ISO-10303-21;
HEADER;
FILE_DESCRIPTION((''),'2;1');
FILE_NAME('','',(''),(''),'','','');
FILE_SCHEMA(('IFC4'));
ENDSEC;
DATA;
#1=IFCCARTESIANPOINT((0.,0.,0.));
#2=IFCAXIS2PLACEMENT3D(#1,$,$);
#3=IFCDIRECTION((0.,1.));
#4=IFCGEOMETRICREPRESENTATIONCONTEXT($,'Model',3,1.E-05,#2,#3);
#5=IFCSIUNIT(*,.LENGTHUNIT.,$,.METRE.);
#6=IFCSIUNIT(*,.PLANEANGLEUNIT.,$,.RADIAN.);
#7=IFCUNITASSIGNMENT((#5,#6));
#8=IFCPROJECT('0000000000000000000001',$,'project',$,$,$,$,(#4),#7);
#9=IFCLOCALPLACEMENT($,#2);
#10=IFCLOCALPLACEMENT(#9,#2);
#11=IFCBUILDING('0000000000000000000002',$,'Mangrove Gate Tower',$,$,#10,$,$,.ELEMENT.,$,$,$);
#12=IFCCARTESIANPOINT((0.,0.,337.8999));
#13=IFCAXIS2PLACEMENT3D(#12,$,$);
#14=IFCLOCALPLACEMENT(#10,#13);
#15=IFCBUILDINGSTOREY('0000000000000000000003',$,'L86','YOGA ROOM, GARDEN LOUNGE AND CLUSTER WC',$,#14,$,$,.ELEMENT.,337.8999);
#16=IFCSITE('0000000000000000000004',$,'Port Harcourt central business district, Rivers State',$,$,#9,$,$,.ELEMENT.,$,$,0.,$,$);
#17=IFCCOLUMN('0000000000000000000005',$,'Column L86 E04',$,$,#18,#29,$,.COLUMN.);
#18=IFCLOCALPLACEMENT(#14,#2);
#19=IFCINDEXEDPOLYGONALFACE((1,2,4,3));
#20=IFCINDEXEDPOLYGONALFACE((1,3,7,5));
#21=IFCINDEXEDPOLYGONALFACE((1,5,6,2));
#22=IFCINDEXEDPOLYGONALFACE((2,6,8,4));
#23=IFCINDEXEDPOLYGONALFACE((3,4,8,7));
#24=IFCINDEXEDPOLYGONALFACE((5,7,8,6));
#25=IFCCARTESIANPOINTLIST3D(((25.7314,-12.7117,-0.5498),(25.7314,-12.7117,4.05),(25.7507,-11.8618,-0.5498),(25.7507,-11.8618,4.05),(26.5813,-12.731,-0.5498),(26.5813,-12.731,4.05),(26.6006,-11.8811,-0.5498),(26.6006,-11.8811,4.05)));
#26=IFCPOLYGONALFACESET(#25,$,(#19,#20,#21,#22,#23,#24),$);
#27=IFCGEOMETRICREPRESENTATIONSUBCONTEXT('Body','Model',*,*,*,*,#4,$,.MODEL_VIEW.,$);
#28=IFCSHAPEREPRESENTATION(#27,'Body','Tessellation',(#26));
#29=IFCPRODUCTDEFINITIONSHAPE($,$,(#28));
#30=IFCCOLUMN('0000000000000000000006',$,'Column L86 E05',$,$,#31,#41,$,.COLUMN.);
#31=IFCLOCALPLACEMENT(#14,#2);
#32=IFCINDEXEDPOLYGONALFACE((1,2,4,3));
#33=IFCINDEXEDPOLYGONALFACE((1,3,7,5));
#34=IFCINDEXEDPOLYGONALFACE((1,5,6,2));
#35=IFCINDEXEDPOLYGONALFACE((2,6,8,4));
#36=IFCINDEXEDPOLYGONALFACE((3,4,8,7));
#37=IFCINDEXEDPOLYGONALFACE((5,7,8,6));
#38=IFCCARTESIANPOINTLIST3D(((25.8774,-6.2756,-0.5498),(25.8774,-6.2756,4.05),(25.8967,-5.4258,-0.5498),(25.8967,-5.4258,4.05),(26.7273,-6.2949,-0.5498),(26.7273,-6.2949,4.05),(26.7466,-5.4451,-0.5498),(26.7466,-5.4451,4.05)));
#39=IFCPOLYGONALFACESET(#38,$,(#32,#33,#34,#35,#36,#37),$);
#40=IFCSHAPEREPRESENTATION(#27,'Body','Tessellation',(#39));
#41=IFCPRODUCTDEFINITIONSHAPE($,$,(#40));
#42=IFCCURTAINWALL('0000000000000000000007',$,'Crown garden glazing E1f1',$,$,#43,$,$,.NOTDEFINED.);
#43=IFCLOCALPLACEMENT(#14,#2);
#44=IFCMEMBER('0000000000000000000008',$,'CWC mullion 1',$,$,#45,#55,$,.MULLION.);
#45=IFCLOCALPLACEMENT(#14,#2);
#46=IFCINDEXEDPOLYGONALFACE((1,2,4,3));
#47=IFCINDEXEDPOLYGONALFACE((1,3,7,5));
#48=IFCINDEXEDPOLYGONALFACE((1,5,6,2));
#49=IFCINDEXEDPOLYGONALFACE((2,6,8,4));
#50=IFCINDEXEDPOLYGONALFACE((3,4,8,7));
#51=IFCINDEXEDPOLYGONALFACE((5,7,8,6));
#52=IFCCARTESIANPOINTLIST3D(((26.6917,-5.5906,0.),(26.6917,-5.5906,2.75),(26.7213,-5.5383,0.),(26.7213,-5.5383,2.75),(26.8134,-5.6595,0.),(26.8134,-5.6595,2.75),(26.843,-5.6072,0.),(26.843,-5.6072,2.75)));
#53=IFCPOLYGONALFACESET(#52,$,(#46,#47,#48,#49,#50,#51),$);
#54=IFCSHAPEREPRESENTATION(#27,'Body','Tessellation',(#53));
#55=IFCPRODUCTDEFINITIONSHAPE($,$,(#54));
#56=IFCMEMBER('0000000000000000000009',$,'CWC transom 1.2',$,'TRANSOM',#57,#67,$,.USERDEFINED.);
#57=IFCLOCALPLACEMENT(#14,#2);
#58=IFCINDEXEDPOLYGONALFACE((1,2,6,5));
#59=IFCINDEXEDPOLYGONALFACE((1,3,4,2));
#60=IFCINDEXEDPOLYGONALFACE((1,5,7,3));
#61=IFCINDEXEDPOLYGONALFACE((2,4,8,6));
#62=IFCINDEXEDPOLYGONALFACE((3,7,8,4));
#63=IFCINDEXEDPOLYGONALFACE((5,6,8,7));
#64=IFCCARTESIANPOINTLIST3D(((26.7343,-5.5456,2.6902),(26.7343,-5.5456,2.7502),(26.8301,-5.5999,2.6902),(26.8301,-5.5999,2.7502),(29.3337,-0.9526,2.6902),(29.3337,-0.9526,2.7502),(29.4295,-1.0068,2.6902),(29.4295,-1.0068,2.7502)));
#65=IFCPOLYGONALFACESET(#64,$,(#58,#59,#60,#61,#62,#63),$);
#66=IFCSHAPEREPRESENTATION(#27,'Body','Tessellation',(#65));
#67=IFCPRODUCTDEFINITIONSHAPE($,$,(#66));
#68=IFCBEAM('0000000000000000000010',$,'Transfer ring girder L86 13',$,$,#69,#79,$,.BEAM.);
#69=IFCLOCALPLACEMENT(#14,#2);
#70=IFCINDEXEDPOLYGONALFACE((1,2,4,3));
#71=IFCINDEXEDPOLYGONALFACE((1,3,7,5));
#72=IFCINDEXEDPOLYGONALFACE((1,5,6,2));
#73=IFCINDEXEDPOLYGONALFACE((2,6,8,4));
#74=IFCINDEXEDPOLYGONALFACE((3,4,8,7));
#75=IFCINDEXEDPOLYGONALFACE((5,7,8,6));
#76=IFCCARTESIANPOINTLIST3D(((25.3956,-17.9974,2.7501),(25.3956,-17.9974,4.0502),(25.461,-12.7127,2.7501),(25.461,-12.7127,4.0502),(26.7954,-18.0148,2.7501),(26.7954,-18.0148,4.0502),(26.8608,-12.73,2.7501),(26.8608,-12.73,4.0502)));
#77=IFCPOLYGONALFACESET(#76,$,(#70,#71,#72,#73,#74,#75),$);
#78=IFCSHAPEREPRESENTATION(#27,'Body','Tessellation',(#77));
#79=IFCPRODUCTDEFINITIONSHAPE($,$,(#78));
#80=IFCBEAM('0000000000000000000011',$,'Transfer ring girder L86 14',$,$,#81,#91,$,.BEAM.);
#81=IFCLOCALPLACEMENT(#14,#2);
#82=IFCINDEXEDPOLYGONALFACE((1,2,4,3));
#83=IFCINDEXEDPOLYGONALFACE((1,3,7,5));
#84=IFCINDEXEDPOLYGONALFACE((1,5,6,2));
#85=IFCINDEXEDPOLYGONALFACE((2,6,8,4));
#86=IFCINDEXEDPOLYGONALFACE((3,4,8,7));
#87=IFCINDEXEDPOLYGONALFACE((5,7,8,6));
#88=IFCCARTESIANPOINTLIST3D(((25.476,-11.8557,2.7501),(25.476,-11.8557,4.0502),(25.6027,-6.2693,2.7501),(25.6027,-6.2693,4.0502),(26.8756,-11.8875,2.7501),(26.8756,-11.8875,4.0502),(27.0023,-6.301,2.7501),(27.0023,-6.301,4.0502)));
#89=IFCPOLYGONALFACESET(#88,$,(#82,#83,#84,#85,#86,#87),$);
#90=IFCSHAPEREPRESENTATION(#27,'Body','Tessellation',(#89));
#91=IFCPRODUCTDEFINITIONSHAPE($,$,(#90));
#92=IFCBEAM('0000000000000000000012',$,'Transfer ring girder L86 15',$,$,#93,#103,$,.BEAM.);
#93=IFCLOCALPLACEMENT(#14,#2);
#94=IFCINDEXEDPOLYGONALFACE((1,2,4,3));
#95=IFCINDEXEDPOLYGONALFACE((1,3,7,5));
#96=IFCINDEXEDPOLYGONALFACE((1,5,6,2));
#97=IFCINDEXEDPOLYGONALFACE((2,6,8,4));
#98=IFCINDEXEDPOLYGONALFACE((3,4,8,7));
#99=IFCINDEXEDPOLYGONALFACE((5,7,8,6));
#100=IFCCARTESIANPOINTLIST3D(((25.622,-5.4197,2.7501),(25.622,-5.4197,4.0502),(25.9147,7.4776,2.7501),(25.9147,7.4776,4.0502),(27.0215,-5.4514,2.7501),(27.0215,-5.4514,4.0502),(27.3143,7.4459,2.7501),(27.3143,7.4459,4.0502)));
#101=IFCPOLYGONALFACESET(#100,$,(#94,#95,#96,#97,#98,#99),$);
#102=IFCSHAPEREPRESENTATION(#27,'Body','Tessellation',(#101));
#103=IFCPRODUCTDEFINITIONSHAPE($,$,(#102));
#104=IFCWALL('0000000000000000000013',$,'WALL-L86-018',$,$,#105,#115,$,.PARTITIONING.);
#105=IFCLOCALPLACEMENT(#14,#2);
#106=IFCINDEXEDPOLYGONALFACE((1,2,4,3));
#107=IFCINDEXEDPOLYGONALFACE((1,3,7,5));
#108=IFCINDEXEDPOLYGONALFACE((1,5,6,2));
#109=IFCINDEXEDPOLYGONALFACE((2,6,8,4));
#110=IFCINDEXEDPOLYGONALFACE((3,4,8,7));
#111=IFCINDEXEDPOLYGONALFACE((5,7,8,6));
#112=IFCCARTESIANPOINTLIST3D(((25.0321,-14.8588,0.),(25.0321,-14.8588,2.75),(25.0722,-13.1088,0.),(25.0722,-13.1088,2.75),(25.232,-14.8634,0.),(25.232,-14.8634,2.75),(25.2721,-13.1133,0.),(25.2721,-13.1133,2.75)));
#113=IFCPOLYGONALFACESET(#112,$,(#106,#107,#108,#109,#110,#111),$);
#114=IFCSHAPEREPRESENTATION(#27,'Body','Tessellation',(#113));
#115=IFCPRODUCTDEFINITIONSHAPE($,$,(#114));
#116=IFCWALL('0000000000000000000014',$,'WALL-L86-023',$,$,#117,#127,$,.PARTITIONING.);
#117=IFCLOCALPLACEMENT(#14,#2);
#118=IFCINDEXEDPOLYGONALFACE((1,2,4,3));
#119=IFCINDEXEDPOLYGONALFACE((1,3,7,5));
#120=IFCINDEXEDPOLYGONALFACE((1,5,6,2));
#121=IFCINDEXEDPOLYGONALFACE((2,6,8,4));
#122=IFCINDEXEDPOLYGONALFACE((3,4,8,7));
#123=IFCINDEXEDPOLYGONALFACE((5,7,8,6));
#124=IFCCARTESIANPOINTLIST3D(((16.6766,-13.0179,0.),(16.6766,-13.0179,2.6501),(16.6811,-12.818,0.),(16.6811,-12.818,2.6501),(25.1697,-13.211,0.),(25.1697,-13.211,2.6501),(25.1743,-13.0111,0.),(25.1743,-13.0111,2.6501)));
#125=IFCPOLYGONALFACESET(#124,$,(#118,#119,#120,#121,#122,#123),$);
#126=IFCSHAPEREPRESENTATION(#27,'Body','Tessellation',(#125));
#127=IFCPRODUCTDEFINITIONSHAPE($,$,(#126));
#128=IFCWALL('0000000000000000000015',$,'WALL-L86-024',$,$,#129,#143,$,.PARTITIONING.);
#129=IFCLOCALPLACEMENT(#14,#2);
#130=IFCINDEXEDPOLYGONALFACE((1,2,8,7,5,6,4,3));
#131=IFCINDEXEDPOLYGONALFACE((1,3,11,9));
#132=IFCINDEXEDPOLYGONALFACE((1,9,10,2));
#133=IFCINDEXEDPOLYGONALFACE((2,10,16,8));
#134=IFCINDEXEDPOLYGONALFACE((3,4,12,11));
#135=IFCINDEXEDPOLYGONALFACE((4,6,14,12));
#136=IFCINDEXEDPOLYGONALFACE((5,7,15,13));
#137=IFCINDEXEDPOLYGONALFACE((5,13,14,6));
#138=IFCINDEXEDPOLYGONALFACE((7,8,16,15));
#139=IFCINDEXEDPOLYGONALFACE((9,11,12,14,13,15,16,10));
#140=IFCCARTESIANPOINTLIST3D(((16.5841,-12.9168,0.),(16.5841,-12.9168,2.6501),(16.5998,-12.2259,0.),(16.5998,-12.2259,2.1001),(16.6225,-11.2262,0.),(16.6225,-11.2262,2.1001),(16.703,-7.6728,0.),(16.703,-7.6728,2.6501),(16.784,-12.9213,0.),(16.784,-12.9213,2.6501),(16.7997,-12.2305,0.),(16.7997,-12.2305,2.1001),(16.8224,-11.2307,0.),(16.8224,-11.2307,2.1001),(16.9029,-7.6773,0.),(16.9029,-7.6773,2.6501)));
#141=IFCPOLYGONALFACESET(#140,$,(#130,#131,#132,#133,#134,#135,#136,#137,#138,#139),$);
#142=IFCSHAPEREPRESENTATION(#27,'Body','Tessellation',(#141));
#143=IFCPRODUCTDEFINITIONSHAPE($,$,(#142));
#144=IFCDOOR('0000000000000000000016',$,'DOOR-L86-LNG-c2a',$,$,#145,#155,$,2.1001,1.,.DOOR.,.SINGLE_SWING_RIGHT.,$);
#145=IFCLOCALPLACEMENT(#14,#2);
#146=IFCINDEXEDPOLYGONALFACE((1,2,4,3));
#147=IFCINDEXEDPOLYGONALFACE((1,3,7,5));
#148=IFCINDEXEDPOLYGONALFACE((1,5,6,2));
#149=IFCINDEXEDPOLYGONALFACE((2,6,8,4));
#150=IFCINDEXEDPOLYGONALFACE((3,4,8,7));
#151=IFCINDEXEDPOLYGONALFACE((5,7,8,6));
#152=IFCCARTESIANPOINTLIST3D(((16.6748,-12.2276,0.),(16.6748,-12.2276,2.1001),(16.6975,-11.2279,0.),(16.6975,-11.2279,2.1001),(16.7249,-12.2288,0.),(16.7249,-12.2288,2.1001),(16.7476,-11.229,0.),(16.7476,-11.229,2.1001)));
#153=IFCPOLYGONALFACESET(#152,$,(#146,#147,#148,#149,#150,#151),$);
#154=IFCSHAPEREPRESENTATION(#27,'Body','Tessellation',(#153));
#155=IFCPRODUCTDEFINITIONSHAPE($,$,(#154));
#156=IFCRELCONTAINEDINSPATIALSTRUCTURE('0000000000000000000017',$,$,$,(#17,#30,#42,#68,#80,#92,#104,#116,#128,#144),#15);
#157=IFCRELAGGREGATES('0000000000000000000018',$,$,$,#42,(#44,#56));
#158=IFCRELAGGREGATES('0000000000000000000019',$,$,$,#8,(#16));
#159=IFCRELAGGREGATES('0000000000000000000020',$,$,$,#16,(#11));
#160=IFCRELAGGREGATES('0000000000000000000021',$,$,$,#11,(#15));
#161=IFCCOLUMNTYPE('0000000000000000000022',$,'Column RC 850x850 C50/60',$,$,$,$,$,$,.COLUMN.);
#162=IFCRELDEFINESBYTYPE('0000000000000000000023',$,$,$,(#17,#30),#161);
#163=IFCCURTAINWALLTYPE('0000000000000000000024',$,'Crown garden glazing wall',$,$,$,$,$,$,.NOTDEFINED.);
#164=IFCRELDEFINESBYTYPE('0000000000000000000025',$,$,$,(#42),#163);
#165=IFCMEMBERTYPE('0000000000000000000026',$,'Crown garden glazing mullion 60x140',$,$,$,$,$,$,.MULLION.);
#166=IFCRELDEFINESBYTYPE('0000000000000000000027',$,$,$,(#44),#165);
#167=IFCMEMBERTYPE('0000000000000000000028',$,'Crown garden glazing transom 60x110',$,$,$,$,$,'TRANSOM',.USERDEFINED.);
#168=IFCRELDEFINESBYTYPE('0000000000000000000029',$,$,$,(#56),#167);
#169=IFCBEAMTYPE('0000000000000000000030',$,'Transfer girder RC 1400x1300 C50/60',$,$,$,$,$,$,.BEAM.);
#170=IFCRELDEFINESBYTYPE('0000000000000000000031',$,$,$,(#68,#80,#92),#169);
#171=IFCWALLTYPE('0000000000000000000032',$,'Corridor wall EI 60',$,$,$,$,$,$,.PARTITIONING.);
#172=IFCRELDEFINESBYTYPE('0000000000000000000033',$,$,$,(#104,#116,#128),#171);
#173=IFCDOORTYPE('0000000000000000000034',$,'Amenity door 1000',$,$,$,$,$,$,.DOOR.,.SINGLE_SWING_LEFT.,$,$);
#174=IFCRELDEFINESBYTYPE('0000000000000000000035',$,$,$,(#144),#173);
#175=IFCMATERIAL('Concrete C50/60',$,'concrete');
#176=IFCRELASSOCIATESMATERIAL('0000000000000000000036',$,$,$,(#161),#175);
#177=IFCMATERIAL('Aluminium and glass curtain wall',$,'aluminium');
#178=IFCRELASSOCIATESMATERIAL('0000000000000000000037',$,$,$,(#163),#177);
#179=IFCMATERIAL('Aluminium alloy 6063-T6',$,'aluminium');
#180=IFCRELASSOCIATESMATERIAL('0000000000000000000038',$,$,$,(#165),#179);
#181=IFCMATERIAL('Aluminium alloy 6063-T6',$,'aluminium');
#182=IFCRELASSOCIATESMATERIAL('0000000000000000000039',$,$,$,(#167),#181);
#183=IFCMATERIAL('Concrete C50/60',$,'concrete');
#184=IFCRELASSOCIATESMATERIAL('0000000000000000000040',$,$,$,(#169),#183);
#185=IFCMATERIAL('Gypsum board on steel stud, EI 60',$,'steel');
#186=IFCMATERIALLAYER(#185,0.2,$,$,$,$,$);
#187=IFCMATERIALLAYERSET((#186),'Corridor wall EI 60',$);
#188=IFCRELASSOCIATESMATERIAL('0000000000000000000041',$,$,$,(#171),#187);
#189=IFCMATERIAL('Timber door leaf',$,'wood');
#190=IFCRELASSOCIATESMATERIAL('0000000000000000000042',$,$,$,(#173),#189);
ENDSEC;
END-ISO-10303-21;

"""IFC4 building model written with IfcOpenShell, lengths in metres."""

from ifc_helpers import new_model, si_unit, direction, frame, frame_2d, origin, origin_2d, place, context, subcontext, project, spatial, rectangle, extrude, material, layer, layer_set, material_profile, profile_set, type_object, element, fill, aggregate, save


model = new_model("IFC4")

# Units and contexts
model_context = context("Model", 3, precision=1e-05, world=origin(), true_north=direction((0.0, 1.0)))
body_context = subcontext(model_context, "Body", "Model", "MODEL_VIEW")
ifc_project = project(units=[si_unit("LENGTHUNIT", "METRE"), si_unit("PLANEANGLEUNIT", "RADIAN")], contexts=[model_context])

# Site, building, storey
site_placement = place(None, origin())
site = spatial("IfcSite", under=ifc_project, at=site_placement, Name="Port Harcourt central business district, Rivers State", CompositionType="ELEMENT", RefElevation=0.0)
building_placement = place(site_placement, origin())
building = spatial("IfcBuilding", under=site, at=building_placement, Name="Mangrove Gate Tower", CompositionType="ELEMENT")
storey_placement = place(building_placement, frame((0.0, 0.0, 337.8999)))
storey = spatial("IfcBuildingStorey", under=building, at=storey_placement, Name="L86", Description="YOGA ROOM, GARDEN LOUNGE AND CLUSTER WC", CompositionType="ELEMENT", Elevation=337.8999)

# Columns
ifc_material_1 = material(Name="Concrete C50/60", Category="concrete")
ifc_material_profile_1 = material_profile(ifc_material_1, rectangle(XDim=0.8501, YDim=0.8501, at=origin_2d()))
ifc_profile_set_1 = profile_set([ifc_material_profile_1], Name="Concrete C50/60")
column_type = type_object("IfcColumnType", Name="Column RC 850x850 C50/60", PredefinedType="COLUMN", material=ifc_profile_set_1)
for number, where, z_axis, x_axis, name in (
    (1, (26.166, -12.2964, -0.5498), (0.0, 0.0, 1.0), (0.022679, 0.999743, 0.0), "Column L86 E04"),
    (2, (26.312, -5.8604, -0.5498), (0.0, 0.0, 1.0), (0.022687, 0.999743, 0.0), "Column L86 E05"),
):
    element("IfcColumn", number, at=place(storey_placement, frame(where, z_axis=z_axis, x_axis=x_axis)), inside=storey, type_object=column_type, Name=name, PredefinedType="COLUMN", context=body_context, shape_type="SweptSolid", body=[
        extrude(rectangle(XDim=0.8501, YDim=0.8501, at=origin_2d()), origin(), (0.0, 0.0, 1.0), 4.5999),
    ])

# Curtain wall, members
ifc_material_2 = material(Name="Aluminium and glass curtain wall", Category="aluminium")
curtain_wall_type = type_object("IfcCurtainWallType", Name="Crown garden glazing wall", PredefinedType="NOTDEFINED", material=ifc_material_2)
curtain_wall_placement = place(storey_placement, origin())
curtain_wall = element("IfcCurtainWall", 3, at=curtain_wall_placement, inside=storey, type_object=curtain_wall_type, Name="Crown garden glazing E1f1", PredefinedType="NOTDEFINED")
ifc_material_3 = material(Name="Aluminium alloy 6063-T6", Category="aluminium")
ifc_material_profile_2 = material_profile(ifc_material_3, rectangle(XDim=0.0601, YDim=0.1399, at=origin_2d()))
ifc_profile_set_2 = profile_set([ifc_material_profile_2], Name="Aluminium alloy 6063-T6")
member_type_1 = type_object("IfcMemberType", Name="Crown garden glazing mullion 60x140", PredefinedType="MULLION", material=ifc_profile_set_2)
member_1_placement = place(storey_placement, frame((26.7673, -5.5989, 0.0), z_axis=(0.0, 0.0, 1.0), x_axis=(0.492566, 0.870275, 0.0)))
member_1 = element("IfcMember", 4, at=member_1_placement, type_object=member_type_1, Name="CWC mullion 1", PredefinedType="MULLION", context=body_context, shape_type="SweptSolid", body=[
    extrude(rectangle(XDim=0.0601, YDim=0.1399, at=origin_2d()), origin(), (0.0, 0.0, 1.0), 2.75),
])
ifc_material_4 = material(Name="Aluminium alloy 6063-T6", Category="aluminium")
ifc_material_profile_3 = material_profile(ifc_material_4, rectangle(XDim=0.0601, YDim=0.1101, at=origin_2d()))
ifc_profile_set_3 = profile_set([ifc_material_profile_3], Name="Aluminium alloy 6063-T6")
member_type_2 = type_object("IfcMemberType", Name="Crown garden glazing transom 60x110", ElementType="TRANSOM", PredefinedType="USERDEFINED", material=ifc_profile_set_3)
member_2_placement = place(storey_placement, frame((26.7822, -5.5728, 2.7202), z_axis=(0.492533, 0.870294, 0.0), x_axis=(0.0, 0.0, 1.0)))
member_2 = element("IfcMember", 5, at=member_2_placement, type_object=member_type_2, Name="CWC transom 1.2", ObjectType="TRANSOM", PredefinedType="USERDEFINED", context=body_context, shape_type="SweptSolid", body=[
    extrude(rectangle(XDim=0.0601, YDim=0.1101, at=origin_2d()), origin(), (0.0, 0.0, 1.0), 5.2776),
])
aggregate(curtain_wall, [member_1, member_2])

# Beams
ifc_material_5 = material(Name="Concrete C50/60", Category="concrete")
ifc_material_profile_4 = material_profile(ifc_material_5, rectangle(XDim=1.3999, YDim=1.3, at=origin_2d()))
ifc_profile_set_4 = profile_set([ifc_material_profile_4], Name="Concrete C50/60")
beam_type = type_object("IfcBeamType", Name="Transfer girder RC 1400x1300 C50/60", PredefinedType="BEAM", material=ifc_profile_set_4)
beam_1_placement = place(storey_placement, frame((26.0955, -18.0061, 3.4001), z_axis=(0.01238, 0.999923, 0.0), x_axis=(-0.999923, 0.01238, 0.0)))
element("IfcBeam", 6, at=beam_1_placement, inside=storey, type_object=beam_type, Name="Transfer ring girder L86 13", PredefinedType="BEAM", context=body_context, shape_type="SweptSolid", body=[
    extrude(rectangle(XDim=1.3999, YDim=1.3, at=origin_2d()), origin(), (0.0, 0.0, 1.0), 5.2852),
])
beam_2_placement = place(storey_placement, frame((26.1758, -11.8716, 3.4001), z_axis=(0.022676, 0.999743, 0.0), x_axis=(-0.999743, 0.022676, 0.0)))
element("IfcBeam", 7, at=beam_2_placement, inside=storey, type_object=beam_type, Name="Transfer ring girder L86 14", PredefinedType="BEAM", context=body_context, shape_type="SweptSolid", body=[
    extrude(rectangle(XDim=1.3999, YDim=1.3, at=origin_2d()), origin(), (0.0, 0.0, 1.0), 5.5879),
])
beam_3_placement = place(storey_placement, frame((26.3218, -5.4355, 3.4001), z_axis=(0.022691, 0.999743, 0.0), x_axis=(-0.999743, 0.022691, 0.0)))
element("IfcBeam", 8, at=beam_3_placement, inside=storey, type_object=beam_type, Name="Transfer ring girder L86 15", PredefinedType="BEAM", context=body_context, shape_type="SweptSolid", body=[
    extrude(rectangle(XDim=1.3999, YDim=1.3, at=origin_2d()), origin(), (0.0, 0.0, 1.0), 12.9006),
])

# Walls
ifc_material_6 = material(Name="Gypsum board on steel stud, EI 60", Category="steel")
ifc_layer_1 = layer(ifc_material_6, 0.2)
ifc_layer_set_1 = layer_set([ifc_layer_1], Name="Corridor wall EI 60")
wall_type_1 = type_object("IfcWallType", Name="Corridor wall EI 60", PredefinedType="PARTITIONING", material=ifc_layer_set_1)
wall_1_placement = place(storey_placement, frame((25.1321, -14.8611, 0.0), z_axis=(0.0, 0.0, 1.0), x_axis=(0.022873, 0.999738, 0.0)))
element("IfcWall", 9, at=wall_1_placement, inside=storey, type_object=wall_type_1, Name="WALL-L86-018", PredefinedType="PARTITIONING", context=body_context, shape_type="SweptSolid", body=[
    extrude(rectangle(XDim=1.7505, YDim=0.2, at=frame_2d((0.8752, 0.0))), origin(), (0.0, 0.0, 1.0), 2.75),
])
wall_2_placement = place(storey_placement, frame((16.679, -12.918, 0.0), z_axis=(0.0, 0.0, 1.0), x_axis=(0.999742, -0.022732, 0.0)))
element("IfcWall", 10, at=wall_2_placement, inside=storey, type_object=wall_type_1, Name="WALL-L86-023", PredefinedType="PARTITIONING", context=body_context, shape_type="SweptSolid", body=[
    extrude(rectangle(XDim=8.4954, YDim=0.2, at=frame_2d((4.2476, 0.0))), origin(), (0.0, 0.0, 1.0), 2.6501),
])

# Wall, opening, door
wall_3_placement = place(storey_placement, frame((16.6841, -12.9189, 0.0), z_axis=(0.0, 0.0, 1.0), x_axis=(0.022667, 0.999743, 0.0)))
wall_3 = element("IfcWall", 11, at=wall_3_placement, inside=storey, type_object=wall_type_1, Name="WALL-L86-024", PredefinedType="PARTITIONING", context=body_context, shape_type="SweptSolid", body=[
    extrude(rectangle(XDim=5.2454, YDim=0.2, at=frame_2d((2.6226, 0.0))), origin(), (0.0, 0.0, 1.0), 2.6501),
])
opening_1_placement = place(wall_3_placement, frame((0.6909, 0.0, 0.0)))
opening_1 = element("IfcOpeningElement", 12, at=opening_1_placement, cuts=wall_3, PredefinedType="OPENING", context=body_context, shape_type="SweptSolid", body=[
    extrude(rectangle(XDim=1.0, YDim=2.1001, at=frame_2d((0.5, 1.05))), frame((0.0, 0.1099, 0.0), z_axis=(0.0, -1.0, 0.0), x_axis=(1.0, 0.0, 0.0)), (0.0, 0.0, 1.0), 0.22),
])
ifc_material_7 = material(Name="Timber door leaf", Category="wood")
door_type = type_object("IfcDoorType", Name="Amenity door 1000", OperationType="SINGLE_SWING_LEFT", PredefinedType="DOOR", material=ifc_material_7)
door_placement = place(opening_1_placement, origin())
door = element("IfcDoor", 13, at=door_placement, inside=storey, type_object=door_type, Name="DOOR-L86-LNG-c2a", OperationType="SINGLE_SWING_RIGHT", OverallHeight=2.1001, OverallWidth=1.0, PredefinedType="DOOR", context=body_context, shape_type="SweptSolid", body=[
    extrude(rectangle(XDim=1.0, YDim=2.1001, at=frame_2d((0.5, 1.05))), frame((0.0, 0.0249, 0.0), z_axis=(0.0, -1.0, 0.0), x_axis=(1.0, 0.0, 0.0)), (0.0, 0.0, 1.0), 0.05),
])
fill(opening_1, door)

save(model, "model.ifc")
